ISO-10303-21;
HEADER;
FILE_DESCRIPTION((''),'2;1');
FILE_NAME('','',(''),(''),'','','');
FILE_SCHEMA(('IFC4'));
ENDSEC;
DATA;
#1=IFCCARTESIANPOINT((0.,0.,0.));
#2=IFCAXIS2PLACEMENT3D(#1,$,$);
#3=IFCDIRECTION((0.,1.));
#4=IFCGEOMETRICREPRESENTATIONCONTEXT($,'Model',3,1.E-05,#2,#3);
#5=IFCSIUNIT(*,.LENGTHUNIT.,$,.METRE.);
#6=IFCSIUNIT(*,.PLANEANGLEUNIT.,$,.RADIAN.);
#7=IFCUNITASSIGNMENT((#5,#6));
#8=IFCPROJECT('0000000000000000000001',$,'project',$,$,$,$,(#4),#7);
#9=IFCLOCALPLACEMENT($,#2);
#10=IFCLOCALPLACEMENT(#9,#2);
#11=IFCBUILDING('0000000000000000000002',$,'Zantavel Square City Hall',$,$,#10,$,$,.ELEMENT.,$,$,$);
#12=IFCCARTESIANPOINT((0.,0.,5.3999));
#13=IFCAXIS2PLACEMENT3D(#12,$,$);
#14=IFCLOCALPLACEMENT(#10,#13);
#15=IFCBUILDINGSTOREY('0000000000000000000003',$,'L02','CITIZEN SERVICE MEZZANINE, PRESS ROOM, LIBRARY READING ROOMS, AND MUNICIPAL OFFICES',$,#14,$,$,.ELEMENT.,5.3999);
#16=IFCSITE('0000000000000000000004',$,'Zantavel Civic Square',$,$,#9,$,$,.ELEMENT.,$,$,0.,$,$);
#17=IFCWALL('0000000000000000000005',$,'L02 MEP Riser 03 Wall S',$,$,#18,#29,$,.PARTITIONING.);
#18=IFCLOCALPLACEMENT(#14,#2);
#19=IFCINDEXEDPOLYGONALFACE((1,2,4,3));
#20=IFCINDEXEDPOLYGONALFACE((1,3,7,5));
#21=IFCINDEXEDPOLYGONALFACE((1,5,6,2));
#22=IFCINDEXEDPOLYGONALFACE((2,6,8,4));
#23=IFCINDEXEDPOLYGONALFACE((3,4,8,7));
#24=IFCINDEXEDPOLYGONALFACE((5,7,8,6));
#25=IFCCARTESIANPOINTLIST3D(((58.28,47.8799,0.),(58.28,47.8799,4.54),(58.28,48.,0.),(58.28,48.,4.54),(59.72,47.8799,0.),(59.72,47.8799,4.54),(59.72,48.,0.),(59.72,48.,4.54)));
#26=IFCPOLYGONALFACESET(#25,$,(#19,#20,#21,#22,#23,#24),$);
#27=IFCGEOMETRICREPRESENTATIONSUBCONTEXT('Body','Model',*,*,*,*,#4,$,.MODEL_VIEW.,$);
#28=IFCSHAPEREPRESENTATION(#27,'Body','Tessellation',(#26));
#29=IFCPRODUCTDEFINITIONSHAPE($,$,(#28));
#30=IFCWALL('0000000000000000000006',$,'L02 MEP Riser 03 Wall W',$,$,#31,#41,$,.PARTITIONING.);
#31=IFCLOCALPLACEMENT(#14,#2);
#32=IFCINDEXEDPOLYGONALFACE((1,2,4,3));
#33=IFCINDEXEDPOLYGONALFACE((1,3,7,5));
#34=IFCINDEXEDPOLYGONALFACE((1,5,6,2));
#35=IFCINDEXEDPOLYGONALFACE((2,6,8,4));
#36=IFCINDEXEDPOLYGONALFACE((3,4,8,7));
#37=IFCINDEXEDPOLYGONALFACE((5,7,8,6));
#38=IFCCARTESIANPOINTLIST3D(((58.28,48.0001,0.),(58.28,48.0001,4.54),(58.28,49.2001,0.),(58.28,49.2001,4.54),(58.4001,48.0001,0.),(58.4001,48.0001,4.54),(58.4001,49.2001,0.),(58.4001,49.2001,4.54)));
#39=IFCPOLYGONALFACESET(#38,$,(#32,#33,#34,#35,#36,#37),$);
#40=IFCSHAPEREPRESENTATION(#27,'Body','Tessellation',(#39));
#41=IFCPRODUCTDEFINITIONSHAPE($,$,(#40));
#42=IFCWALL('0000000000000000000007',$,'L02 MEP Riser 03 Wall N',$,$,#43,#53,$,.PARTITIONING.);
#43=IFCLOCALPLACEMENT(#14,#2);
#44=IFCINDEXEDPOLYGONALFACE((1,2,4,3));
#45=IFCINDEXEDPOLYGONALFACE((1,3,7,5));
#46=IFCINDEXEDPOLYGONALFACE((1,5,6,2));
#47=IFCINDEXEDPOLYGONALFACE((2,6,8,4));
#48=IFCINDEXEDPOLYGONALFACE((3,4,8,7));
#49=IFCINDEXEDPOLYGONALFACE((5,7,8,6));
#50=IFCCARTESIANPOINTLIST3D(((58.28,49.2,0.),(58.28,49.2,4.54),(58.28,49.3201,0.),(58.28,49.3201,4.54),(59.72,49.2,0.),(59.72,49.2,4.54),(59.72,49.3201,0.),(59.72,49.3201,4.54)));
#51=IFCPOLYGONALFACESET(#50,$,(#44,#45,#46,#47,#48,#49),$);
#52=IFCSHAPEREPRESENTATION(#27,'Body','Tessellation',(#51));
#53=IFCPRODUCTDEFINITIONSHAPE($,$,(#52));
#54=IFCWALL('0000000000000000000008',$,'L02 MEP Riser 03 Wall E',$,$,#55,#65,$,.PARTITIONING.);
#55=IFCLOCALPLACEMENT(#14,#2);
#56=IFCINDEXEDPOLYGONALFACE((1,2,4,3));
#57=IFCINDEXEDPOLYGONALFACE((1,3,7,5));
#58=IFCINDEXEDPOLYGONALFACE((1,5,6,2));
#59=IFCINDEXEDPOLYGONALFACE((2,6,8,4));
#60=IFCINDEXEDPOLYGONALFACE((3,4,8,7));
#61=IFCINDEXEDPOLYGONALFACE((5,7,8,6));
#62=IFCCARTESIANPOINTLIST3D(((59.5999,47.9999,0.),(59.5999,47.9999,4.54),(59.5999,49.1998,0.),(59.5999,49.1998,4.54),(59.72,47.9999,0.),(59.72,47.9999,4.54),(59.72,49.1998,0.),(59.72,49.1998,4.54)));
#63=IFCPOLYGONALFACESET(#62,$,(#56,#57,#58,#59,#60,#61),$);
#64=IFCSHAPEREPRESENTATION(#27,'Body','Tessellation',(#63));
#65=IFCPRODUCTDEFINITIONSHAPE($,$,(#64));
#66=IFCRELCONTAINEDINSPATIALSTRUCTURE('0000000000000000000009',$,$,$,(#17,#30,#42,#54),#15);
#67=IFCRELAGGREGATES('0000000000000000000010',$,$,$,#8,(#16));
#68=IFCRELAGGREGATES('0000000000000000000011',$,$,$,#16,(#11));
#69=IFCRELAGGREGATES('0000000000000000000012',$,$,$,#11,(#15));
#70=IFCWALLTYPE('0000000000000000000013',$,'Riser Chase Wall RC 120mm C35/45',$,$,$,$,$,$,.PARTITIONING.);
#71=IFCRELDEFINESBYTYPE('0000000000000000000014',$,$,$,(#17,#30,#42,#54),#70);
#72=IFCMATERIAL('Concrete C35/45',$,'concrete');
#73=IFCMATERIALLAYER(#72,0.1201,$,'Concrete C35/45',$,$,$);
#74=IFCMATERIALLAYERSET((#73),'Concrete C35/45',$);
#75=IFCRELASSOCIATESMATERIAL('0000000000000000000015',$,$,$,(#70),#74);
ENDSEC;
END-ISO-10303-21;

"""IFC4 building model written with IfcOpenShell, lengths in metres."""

from ifc_helpers import new_model, si_unit, direction, frame, frame_2d, origin, place, context, subcontext, project, spatial, rectangle, extrude, material, layer, layer_set, type_object, element, save


model = new_model("IFC4")

# Units and contexts
model_context = context("Model", 3, precision=1e-05, world=origin(), true_north=direction((0.0, 1.0)))
body_context = subcontext(model_context, "Body", "Model", "MODEL_VIEW")
ifc_project = project(units=[si_unit("LENGTHUNIT", "METRE"), si_unit("PLANEANGLEUNIT", "RADIAN")], contexts=[model_context])

# Site, building, storey
site_placement = place(None, origin())
site = spatial("IfcSite", under=ifc_project, at=site_placement, Name="Zantavel Civic Square", CompositionType="ELEMENT", RefElevation=0.0)
building_placement = place(site_placement, origin())
building = spatial("IfcBuilding", under=site, at=building_placement, Name="Zantavel Square City Hall", CompositionType="ELEMENT")
storey_placement = place(building_placement, frame((0.0, 0.0, 5.3999)))
storey = spatial("IfcBuildingStorey", under=building, at=storey_placement, Name="L02", Description="CITIZEN SERVICE MEZZANINE, PRESS ROOM, LIBRARY READING ROOMS, AND MUNICIPAL OFFICES", CompositionType="ELEMENT", Elevation=5.3999)

# Shared definitions
ifc_material_1 = material(Name="Concrete C35/45", Category="concrete")

# Walls
ifc_layer_1 = layer(ifc_material_1, 0.1201, Name="Concrete C35/45")
ifc_layer_set_1 = layer_set([ifc_layer_1], Name="Concrete C35/45")
wall_type_1 = type_object("IfcWallType", Name="Riser Chase Wall RC 120mm C35/45", PredefinedType="PARTITIONING", material=ifc_layer_set_1)
wall_1_placement = place(storey_placement, frame((59.72, 47.9399, 0.0), z_axis=(0.0, 0.0, 1.0), x_axis=(-1.0, 0.0, 0.0)))
element("IfcWall", 1, at=wall_1_placement, inside=storey, type_object=wall_type_1, Name="L02 MEP Riser 03 Wall S", PredefinedType="PARTITIONING", context=body_context, shape_type="SweptSolid", body=[
    extrude(rectangle(XDim=1.4399, YDim=0.1201, at=frame_2d((0.72, 0.0))), origin(), (0.0, 0.0, 1.0), 4.54),
])
wall_2_placement = place(storey_placement, frame((58.3401, 48.0, 0.0), z_axis=(0.0, 0.0, 1.0), x_axis=(0.0, 1.0, 0.0)))
element("IfcWall", 2, at=wall_2_placement, inside=storey, type_object=wall_type_1, Name="L02 MEP Riser 03 Wall W", PredefinedType="PARTITIONING", context=body_context, shape_type="SweptSolid", body=[
    extrude(rectangle(XDim=1.2, YDim=0.1201, at=frame_2d((0.6001, 0.0))), origin(), (0.0, 0.0, 1.0), 4.54),
])
wall_3_placement = place(storey_placement, frame((58.28, 49.26, 0.0), z_axis=(0.0, 0.0, 1.0), x_axis=(1.0, 0.0, 0.0)))
element("IfcWall", 3, at=wall_3_placement, inside=storey, type_object=wall_type_1, Name="L02 MEP Riser 03 Wall N", PredefinedType="PARTITIONING", context=body_context, shape_type="SweptSolid", body=[
    extrude(rectangle(XDim=1.4399, YDim=0.1201, at=frame_2d((0.72, 0.0))), origin(), (0.0, 0.0, 1.0), 4.54),
])
wall_4_placement = place(storey_placement, frame((59.6599, 49.2, 0.0), z_axis=(0.0, 0.0, 1.0), x_axis=(0.0, -1.0, 0.0)))
element("IfcWall", 4, at=wall_4_placement, inside=storey, type_object=wall_type_1, Name="L02 MEP Riser 03 Wall E", PredefinedType="PARTITIONING", context=body_context, shape_type="SweptSolid", body=[
    extrude(rectangle(XDim=1.2, YDim=0.1201, at=frame_2d((0.6001, 0.0))), origin(), (0.0, 0.0, 1.0), 4.54),
])

save(model, "model.ifc")
